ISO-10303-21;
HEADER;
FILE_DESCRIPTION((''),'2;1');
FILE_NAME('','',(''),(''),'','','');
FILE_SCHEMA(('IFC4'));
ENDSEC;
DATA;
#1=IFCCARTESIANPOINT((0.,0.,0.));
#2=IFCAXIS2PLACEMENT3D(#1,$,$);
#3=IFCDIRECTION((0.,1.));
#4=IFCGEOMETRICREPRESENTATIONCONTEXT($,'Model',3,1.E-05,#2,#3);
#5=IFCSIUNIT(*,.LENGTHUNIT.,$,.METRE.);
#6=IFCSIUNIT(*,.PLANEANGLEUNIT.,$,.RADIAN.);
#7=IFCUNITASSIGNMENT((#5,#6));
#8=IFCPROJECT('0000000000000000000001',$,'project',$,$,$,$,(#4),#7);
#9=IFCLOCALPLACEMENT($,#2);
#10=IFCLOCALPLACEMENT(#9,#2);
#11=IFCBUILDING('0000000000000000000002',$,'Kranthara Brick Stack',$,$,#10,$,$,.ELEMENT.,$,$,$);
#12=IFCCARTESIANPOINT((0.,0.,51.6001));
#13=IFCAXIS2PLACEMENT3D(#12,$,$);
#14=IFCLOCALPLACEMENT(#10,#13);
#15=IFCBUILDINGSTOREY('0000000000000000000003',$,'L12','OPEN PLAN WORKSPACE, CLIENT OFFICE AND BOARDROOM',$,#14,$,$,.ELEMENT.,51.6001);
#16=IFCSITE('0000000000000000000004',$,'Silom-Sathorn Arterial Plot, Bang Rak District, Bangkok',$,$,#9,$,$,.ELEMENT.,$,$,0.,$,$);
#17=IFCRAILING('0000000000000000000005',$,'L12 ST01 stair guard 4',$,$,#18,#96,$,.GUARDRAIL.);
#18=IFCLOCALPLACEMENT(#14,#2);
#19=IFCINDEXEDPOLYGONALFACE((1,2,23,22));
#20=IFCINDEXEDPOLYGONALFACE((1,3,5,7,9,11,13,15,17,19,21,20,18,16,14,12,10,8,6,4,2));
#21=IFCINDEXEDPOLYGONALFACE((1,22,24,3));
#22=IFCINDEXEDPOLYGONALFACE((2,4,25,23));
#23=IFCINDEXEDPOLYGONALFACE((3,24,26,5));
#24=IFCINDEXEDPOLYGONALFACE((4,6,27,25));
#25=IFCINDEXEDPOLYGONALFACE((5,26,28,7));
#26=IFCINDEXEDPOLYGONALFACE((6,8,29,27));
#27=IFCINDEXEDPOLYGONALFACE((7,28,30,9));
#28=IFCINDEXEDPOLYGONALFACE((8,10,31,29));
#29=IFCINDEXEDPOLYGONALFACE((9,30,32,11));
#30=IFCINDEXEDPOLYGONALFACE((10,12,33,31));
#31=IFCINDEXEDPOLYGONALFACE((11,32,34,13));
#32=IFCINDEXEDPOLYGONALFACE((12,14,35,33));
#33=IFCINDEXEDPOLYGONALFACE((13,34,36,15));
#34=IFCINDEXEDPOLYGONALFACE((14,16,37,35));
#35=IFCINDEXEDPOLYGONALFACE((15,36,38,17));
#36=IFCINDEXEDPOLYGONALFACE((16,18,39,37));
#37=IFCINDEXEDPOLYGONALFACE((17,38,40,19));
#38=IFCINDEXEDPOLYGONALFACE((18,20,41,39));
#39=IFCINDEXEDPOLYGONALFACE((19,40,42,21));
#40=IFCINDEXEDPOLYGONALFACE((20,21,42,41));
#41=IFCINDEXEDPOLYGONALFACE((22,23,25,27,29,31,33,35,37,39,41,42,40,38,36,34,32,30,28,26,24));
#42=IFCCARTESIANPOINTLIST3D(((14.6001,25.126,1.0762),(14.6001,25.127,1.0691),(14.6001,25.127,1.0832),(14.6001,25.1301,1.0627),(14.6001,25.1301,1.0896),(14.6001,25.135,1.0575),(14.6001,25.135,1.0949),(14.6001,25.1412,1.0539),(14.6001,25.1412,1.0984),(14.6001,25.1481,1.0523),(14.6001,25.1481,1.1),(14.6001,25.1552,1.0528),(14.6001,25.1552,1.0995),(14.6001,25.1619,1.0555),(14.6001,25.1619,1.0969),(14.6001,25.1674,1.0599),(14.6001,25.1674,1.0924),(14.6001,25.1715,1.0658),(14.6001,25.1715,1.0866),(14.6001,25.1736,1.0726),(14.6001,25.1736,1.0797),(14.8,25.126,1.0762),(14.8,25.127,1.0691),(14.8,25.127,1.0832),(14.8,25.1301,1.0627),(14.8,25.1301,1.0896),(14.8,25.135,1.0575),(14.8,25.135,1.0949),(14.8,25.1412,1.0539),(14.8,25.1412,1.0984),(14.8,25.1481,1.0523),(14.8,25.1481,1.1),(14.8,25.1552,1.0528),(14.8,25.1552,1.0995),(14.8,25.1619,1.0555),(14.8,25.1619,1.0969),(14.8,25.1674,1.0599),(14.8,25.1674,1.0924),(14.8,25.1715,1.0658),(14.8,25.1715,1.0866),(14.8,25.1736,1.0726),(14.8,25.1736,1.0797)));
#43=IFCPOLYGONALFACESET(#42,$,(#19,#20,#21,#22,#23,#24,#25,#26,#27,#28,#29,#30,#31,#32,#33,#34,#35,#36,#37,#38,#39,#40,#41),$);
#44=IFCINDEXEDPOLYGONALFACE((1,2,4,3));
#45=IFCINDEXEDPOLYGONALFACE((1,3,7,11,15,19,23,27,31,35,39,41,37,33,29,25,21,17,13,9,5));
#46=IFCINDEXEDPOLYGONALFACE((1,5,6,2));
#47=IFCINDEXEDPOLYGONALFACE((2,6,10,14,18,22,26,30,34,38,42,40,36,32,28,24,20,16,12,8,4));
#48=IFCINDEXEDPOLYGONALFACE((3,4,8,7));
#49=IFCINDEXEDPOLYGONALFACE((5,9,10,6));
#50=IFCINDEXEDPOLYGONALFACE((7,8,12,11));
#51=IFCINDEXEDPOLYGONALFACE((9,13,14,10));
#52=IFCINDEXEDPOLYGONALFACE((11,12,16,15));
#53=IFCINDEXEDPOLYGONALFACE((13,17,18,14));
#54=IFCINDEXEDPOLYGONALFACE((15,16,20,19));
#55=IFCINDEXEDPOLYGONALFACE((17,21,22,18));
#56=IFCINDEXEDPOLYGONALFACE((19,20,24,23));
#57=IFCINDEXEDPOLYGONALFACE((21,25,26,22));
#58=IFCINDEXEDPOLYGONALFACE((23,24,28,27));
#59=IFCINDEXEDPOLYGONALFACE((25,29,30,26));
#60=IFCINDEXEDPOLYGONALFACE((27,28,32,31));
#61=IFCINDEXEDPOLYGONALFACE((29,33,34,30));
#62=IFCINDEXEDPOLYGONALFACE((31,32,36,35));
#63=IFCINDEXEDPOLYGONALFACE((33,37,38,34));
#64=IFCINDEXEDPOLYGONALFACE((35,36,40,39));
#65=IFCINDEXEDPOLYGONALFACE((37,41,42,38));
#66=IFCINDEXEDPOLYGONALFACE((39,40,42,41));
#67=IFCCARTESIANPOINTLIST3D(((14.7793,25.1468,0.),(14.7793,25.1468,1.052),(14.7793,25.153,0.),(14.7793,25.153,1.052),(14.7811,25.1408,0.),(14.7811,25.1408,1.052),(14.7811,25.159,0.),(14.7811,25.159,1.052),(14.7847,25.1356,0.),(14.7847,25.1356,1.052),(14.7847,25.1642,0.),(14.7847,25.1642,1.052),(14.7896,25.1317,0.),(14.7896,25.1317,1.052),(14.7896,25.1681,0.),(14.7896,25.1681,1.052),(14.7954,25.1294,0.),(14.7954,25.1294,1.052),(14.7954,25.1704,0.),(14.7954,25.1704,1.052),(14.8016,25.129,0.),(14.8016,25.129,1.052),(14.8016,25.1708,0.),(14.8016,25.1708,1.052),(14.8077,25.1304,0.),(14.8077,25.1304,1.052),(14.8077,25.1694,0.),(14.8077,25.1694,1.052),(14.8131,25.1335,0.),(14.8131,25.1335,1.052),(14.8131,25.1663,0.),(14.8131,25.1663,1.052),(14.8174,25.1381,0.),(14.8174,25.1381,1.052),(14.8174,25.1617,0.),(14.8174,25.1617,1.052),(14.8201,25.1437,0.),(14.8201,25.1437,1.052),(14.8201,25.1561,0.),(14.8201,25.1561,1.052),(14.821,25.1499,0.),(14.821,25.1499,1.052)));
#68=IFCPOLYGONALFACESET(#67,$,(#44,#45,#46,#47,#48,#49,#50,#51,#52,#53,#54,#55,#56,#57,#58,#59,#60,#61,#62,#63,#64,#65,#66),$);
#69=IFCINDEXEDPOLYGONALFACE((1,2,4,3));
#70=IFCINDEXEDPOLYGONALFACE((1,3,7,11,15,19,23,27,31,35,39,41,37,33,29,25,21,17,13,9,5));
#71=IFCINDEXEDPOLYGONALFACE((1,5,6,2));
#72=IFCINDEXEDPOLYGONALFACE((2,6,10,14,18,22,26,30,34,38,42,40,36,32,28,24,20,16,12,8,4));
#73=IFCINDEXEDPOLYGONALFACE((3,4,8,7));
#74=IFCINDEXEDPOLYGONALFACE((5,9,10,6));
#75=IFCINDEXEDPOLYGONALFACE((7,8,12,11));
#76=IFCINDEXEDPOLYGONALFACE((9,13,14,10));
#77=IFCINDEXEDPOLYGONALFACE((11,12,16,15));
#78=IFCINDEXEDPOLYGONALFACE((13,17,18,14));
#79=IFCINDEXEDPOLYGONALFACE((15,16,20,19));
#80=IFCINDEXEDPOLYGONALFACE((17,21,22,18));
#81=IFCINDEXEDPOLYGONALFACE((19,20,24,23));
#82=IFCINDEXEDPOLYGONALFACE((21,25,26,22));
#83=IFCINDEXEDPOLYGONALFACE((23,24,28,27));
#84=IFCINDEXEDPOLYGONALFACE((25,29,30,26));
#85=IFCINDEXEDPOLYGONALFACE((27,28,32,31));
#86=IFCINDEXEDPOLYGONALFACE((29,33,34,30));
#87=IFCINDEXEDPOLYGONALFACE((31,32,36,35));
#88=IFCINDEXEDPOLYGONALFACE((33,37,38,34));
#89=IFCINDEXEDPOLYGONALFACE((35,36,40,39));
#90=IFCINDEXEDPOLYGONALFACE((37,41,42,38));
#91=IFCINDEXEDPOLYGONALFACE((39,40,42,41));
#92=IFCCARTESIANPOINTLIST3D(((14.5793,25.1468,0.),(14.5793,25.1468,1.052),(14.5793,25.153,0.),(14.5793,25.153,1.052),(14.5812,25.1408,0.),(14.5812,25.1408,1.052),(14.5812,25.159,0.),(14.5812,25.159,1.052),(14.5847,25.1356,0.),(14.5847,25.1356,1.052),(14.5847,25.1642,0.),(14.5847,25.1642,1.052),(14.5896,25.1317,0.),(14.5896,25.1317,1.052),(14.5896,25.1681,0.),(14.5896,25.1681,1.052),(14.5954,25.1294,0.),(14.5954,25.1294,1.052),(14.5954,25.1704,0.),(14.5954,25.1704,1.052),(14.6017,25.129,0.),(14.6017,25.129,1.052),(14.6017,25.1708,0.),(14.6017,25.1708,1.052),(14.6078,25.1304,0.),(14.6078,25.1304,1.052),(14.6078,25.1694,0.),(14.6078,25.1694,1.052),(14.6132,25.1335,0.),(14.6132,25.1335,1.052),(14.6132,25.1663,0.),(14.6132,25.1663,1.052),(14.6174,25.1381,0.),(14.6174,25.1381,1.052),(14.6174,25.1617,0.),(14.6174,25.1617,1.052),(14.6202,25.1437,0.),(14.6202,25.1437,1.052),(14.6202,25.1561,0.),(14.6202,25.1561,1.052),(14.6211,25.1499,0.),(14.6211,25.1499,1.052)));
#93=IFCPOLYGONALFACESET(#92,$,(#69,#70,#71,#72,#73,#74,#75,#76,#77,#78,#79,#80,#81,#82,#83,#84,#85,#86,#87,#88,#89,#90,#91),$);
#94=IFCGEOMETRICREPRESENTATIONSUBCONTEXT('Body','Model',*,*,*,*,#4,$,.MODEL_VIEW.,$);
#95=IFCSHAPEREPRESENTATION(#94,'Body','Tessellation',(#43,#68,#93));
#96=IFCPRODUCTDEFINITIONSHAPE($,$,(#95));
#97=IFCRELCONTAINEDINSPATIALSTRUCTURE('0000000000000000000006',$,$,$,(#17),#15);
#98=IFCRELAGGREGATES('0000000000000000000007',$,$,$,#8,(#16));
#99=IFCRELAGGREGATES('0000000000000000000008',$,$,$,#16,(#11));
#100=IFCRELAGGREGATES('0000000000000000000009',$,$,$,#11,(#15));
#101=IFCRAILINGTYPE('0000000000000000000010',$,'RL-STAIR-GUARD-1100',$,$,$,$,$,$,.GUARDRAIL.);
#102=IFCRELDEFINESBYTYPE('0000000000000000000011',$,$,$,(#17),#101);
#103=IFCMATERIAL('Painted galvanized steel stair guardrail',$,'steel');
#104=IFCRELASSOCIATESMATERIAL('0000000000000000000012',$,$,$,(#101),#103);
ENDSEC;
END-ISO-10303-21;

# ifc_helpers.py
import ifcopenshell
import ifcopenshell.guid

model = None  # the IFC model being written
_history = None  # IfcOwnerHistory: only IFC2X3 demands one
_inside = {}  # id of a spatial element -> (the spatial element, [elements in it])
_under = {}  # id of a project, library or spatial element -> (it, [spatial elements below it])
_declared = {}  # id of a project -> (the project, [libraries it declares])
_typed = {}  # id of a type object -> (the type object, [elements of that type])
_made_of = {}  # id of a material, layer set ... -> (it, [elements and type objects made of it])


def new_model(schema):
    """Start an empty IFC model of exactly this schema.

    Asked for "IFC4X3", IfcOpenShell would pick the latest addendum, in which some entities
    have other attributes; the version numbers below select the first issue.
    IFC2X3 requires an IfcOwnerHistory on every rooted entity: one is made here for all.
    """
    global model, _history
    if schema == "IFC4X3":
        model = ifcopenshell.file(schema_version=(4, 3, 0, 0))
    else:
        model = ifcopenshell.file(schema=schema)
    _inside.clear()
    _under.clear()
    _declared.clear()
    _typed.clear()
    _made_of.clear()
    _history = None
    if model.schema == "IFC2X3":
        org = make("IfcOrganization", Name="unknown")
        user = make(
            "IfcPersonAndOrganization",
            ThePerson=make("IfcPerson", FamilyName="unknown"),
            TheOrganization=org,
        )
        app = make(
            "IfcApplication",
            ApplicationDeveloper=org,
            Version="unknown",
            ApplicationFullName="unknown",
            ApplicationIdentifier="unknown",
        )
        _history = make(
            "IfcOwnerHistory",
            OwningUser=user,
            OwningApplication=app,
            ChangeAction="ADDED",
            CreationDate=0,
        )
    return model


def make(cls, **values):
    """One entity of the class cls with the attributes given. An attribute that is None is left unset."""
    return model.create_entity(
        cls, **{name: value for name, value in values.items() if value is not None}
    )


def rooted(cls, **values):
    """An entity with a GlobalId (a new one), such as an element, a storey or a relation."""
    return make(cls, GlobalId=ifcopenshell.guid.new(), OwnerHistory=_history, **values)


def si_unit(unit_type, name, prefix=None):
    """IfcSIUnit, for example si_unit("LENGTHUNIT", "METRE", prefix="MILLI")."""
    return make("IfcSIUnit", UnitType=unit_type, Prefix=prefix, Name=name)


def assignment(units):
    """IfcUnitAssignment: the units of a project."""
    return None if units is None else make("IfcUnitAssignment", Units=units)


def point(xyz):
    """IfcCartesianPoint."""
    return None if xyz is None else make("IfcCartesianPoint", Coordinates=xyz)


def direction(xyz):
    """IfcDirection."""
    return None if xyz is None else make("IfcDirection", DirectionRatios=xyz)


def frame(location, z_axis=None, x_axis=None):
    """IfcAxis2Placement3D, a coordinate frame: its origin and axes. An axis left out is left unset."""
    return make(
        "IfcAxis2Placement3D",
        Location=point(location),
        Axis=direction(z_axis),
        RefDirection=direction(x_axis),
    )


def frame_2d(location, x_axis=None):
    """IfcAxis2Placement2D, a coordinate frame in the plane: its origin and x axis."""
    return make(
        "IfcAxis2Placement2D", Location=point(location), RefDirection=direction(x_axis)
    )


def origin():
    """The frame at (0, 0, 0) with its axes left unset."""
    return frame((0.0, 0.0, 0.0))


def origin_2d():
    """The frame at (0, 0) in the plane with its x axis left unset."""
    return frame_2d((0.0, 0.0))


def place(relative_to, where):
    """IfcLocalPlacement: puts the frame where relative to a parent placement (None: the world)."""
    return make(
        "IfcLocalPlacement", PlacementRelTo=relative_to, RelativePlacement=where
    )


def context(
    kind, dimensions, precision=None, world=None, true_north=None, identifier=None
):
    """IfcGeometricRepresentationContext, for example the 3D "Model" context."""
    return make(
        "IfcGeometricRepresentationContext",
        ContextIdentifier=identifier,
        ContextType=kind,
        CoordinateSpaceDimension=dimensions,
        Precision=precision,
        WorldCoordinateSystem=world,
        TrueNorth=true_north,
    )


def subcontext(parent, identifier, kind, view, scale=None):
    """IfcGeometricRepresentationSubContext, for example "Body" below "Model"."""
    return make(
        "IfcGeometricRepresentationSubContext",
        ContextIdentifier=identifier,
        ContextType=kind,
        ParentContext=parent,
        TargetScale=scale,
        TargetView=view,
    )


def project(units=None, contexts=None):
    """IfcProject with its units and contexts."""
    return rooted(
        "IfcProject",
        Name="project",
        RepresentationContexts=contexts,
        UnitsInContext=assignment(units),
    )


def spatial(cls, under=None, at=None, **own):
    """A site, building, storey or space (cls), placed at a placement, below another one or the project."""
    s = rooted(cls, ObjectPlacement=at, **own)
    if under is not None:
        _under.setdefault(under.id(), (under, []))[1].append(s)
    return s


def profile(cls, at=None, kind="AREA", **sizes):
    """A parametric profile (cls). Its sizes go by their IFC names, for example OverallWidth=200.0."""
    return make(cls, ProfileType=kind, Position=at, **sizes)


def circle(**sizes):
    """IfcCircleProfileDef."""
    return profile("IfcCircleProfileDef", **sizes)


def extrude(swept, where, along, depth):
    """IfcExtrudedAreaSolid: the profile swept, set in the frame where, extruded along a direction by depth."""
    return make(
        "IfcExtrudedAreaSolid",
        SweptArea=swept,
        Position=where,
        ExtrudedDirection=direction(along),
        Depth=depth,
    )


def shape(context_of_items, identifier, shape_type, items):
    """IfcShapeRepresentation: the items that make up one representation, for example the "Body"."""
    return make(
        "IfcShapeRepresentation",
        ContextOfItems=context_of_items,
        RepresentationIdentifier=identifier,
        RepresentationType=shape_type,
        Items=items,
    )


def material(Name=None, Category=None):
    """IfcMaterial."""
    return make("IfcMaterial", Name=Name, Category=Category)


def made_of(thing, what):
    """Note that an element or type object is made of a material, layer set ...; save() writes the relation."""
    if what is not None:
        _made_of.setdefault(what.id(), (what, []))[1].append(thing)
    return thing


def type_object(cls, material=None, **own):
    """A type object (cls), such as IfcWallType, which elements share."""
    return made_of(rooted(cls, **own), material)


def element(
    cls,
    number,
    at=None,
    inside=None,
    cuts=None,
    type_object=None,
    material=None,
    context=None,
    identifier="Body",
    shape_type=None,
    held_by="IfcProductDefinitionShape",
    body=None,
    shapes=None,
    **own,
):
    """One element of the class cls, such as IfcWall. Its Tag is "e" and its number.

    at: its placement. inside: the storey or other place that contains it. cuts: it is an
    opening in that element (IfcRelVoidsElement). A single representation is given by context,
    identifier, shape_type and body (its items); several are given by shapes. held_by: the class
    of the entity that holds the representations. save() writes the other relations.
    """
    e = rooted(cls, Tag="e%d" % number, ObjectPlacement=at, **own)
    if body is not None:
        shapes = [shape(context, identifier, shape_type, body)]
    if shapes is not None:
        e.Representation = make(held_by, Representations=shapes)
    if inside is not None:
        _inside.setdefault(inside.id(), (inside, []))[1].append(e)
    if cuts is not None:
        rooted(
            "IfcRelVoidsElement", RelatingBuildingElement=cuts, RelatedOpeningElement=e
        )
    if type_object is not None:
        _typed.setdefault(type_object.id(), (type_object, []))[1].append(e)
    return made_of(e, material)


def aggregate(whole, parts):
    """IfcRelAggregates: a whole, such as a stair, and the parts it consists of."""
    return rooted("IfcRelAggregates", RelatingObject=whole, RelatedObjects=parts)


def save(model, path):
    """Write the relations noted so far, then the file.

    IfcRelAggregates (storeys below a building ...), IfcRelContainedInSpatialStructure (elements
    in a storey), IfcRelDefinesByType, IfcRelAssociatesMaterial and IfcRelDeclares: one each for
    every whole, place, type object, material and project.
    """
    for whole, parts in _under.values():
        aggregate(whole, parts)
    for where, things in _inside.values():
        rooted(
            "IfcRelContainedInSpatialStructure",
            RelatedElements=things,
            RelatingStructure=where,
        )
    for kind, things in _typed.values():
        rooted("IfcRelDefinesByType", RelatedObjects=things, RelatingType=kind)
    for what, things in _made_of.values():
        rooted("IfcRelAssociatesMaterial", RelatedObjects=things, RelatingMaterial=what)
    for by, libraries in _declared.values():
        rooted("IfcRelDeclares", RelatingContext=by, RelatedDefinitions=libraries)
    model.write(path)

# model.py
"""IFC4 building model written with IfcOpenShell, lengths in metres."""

from ifc_helpers import new_model, si_unit, direction, frame, origin, origin_2d, place, context, subcontext, project, spatial, circle, extrude, material, type_object, element, save


model = new_model("IFC4")

# Units and contexts
model_context = context("Model", 3, precision=1e-05, world=origin(), true_north=direction((0.0, 1.0)))
body_context = subcontext(model_context, "Body", "Model", "MODEL_VIEW")
ifc_project = project(units=[si_unit("LENGTHUNIT", "METRE"), si_unit("PLANEANGLEUNIT", "RADIAN")], contexts=[model_context])

# Site, building, storey
site_placement = place(None, origin())
site = spatial("IfcSite", under=ifc_project, at=site_placement, Name="Silom-Sathorn Arterial Plot, Bang Rak District, Bangkok", CompositionType="ELEMENT", RefElevation=0.0)
building_placement = place(site_placement, origin())
building = spatial("IfcBuilding", under=site, at=building_placement, Name="Kranthara Brick Stack", CompositionType="ELEMENT")
storey_placement = place(building_placement, frame((0.0, 0.0, 51.6001)))
storey = spatial("IfcBuildingStorey", under=building, at=storey_placement, Name="L12", Description="OPEN PLAN WORKSPACE, CLIENT OFFICE AND BOARDROOM", CompositionType="ELEMENT", Elevation=51.6001)

# Railing
ifc_material_1 = material(Name="Painted galvanized steel stair guardrail", Category="steel")
railing_type_1 = type_object("IfcRailingType", Name="RL-STAIR-GUARD-1100", PredefinedType="GUARDRAIL", material=ifc_material_1)
railing_1_placement = place(storey_placement, frame((14.8, 25.1499, 0.0)))
element("IfcRailing", 1, at=railing_1_placement, inside=storey, type_object=railing_type_1, Name="L12 ST01 stair guard 4", PredefinedType="GUARDRAIL", context=body_context, shape_type="SweptSolid", body=[
    extrude(circle(Radius=0.0239, at=origin_2d()), frame((0.0, 0.0, 1.0762), z_axis=(-1.0, 0.0, 0.0), x_axis=(0.0, -1.0, 0.0)), (0.0, 0.0, 1.0), 0.2),
    extrude(circle(Radius=0.021, at=origin_2d()), origin(), (0.0, 0.0, 1.0), 1.052),
    extrude(circle(Radius=0.021, at=origin_2d()), frame((-0.2, 0.0, 0.0)), (0.0, 0.0, 1.0), 1.052),
])

save(model, "model.ifc")
